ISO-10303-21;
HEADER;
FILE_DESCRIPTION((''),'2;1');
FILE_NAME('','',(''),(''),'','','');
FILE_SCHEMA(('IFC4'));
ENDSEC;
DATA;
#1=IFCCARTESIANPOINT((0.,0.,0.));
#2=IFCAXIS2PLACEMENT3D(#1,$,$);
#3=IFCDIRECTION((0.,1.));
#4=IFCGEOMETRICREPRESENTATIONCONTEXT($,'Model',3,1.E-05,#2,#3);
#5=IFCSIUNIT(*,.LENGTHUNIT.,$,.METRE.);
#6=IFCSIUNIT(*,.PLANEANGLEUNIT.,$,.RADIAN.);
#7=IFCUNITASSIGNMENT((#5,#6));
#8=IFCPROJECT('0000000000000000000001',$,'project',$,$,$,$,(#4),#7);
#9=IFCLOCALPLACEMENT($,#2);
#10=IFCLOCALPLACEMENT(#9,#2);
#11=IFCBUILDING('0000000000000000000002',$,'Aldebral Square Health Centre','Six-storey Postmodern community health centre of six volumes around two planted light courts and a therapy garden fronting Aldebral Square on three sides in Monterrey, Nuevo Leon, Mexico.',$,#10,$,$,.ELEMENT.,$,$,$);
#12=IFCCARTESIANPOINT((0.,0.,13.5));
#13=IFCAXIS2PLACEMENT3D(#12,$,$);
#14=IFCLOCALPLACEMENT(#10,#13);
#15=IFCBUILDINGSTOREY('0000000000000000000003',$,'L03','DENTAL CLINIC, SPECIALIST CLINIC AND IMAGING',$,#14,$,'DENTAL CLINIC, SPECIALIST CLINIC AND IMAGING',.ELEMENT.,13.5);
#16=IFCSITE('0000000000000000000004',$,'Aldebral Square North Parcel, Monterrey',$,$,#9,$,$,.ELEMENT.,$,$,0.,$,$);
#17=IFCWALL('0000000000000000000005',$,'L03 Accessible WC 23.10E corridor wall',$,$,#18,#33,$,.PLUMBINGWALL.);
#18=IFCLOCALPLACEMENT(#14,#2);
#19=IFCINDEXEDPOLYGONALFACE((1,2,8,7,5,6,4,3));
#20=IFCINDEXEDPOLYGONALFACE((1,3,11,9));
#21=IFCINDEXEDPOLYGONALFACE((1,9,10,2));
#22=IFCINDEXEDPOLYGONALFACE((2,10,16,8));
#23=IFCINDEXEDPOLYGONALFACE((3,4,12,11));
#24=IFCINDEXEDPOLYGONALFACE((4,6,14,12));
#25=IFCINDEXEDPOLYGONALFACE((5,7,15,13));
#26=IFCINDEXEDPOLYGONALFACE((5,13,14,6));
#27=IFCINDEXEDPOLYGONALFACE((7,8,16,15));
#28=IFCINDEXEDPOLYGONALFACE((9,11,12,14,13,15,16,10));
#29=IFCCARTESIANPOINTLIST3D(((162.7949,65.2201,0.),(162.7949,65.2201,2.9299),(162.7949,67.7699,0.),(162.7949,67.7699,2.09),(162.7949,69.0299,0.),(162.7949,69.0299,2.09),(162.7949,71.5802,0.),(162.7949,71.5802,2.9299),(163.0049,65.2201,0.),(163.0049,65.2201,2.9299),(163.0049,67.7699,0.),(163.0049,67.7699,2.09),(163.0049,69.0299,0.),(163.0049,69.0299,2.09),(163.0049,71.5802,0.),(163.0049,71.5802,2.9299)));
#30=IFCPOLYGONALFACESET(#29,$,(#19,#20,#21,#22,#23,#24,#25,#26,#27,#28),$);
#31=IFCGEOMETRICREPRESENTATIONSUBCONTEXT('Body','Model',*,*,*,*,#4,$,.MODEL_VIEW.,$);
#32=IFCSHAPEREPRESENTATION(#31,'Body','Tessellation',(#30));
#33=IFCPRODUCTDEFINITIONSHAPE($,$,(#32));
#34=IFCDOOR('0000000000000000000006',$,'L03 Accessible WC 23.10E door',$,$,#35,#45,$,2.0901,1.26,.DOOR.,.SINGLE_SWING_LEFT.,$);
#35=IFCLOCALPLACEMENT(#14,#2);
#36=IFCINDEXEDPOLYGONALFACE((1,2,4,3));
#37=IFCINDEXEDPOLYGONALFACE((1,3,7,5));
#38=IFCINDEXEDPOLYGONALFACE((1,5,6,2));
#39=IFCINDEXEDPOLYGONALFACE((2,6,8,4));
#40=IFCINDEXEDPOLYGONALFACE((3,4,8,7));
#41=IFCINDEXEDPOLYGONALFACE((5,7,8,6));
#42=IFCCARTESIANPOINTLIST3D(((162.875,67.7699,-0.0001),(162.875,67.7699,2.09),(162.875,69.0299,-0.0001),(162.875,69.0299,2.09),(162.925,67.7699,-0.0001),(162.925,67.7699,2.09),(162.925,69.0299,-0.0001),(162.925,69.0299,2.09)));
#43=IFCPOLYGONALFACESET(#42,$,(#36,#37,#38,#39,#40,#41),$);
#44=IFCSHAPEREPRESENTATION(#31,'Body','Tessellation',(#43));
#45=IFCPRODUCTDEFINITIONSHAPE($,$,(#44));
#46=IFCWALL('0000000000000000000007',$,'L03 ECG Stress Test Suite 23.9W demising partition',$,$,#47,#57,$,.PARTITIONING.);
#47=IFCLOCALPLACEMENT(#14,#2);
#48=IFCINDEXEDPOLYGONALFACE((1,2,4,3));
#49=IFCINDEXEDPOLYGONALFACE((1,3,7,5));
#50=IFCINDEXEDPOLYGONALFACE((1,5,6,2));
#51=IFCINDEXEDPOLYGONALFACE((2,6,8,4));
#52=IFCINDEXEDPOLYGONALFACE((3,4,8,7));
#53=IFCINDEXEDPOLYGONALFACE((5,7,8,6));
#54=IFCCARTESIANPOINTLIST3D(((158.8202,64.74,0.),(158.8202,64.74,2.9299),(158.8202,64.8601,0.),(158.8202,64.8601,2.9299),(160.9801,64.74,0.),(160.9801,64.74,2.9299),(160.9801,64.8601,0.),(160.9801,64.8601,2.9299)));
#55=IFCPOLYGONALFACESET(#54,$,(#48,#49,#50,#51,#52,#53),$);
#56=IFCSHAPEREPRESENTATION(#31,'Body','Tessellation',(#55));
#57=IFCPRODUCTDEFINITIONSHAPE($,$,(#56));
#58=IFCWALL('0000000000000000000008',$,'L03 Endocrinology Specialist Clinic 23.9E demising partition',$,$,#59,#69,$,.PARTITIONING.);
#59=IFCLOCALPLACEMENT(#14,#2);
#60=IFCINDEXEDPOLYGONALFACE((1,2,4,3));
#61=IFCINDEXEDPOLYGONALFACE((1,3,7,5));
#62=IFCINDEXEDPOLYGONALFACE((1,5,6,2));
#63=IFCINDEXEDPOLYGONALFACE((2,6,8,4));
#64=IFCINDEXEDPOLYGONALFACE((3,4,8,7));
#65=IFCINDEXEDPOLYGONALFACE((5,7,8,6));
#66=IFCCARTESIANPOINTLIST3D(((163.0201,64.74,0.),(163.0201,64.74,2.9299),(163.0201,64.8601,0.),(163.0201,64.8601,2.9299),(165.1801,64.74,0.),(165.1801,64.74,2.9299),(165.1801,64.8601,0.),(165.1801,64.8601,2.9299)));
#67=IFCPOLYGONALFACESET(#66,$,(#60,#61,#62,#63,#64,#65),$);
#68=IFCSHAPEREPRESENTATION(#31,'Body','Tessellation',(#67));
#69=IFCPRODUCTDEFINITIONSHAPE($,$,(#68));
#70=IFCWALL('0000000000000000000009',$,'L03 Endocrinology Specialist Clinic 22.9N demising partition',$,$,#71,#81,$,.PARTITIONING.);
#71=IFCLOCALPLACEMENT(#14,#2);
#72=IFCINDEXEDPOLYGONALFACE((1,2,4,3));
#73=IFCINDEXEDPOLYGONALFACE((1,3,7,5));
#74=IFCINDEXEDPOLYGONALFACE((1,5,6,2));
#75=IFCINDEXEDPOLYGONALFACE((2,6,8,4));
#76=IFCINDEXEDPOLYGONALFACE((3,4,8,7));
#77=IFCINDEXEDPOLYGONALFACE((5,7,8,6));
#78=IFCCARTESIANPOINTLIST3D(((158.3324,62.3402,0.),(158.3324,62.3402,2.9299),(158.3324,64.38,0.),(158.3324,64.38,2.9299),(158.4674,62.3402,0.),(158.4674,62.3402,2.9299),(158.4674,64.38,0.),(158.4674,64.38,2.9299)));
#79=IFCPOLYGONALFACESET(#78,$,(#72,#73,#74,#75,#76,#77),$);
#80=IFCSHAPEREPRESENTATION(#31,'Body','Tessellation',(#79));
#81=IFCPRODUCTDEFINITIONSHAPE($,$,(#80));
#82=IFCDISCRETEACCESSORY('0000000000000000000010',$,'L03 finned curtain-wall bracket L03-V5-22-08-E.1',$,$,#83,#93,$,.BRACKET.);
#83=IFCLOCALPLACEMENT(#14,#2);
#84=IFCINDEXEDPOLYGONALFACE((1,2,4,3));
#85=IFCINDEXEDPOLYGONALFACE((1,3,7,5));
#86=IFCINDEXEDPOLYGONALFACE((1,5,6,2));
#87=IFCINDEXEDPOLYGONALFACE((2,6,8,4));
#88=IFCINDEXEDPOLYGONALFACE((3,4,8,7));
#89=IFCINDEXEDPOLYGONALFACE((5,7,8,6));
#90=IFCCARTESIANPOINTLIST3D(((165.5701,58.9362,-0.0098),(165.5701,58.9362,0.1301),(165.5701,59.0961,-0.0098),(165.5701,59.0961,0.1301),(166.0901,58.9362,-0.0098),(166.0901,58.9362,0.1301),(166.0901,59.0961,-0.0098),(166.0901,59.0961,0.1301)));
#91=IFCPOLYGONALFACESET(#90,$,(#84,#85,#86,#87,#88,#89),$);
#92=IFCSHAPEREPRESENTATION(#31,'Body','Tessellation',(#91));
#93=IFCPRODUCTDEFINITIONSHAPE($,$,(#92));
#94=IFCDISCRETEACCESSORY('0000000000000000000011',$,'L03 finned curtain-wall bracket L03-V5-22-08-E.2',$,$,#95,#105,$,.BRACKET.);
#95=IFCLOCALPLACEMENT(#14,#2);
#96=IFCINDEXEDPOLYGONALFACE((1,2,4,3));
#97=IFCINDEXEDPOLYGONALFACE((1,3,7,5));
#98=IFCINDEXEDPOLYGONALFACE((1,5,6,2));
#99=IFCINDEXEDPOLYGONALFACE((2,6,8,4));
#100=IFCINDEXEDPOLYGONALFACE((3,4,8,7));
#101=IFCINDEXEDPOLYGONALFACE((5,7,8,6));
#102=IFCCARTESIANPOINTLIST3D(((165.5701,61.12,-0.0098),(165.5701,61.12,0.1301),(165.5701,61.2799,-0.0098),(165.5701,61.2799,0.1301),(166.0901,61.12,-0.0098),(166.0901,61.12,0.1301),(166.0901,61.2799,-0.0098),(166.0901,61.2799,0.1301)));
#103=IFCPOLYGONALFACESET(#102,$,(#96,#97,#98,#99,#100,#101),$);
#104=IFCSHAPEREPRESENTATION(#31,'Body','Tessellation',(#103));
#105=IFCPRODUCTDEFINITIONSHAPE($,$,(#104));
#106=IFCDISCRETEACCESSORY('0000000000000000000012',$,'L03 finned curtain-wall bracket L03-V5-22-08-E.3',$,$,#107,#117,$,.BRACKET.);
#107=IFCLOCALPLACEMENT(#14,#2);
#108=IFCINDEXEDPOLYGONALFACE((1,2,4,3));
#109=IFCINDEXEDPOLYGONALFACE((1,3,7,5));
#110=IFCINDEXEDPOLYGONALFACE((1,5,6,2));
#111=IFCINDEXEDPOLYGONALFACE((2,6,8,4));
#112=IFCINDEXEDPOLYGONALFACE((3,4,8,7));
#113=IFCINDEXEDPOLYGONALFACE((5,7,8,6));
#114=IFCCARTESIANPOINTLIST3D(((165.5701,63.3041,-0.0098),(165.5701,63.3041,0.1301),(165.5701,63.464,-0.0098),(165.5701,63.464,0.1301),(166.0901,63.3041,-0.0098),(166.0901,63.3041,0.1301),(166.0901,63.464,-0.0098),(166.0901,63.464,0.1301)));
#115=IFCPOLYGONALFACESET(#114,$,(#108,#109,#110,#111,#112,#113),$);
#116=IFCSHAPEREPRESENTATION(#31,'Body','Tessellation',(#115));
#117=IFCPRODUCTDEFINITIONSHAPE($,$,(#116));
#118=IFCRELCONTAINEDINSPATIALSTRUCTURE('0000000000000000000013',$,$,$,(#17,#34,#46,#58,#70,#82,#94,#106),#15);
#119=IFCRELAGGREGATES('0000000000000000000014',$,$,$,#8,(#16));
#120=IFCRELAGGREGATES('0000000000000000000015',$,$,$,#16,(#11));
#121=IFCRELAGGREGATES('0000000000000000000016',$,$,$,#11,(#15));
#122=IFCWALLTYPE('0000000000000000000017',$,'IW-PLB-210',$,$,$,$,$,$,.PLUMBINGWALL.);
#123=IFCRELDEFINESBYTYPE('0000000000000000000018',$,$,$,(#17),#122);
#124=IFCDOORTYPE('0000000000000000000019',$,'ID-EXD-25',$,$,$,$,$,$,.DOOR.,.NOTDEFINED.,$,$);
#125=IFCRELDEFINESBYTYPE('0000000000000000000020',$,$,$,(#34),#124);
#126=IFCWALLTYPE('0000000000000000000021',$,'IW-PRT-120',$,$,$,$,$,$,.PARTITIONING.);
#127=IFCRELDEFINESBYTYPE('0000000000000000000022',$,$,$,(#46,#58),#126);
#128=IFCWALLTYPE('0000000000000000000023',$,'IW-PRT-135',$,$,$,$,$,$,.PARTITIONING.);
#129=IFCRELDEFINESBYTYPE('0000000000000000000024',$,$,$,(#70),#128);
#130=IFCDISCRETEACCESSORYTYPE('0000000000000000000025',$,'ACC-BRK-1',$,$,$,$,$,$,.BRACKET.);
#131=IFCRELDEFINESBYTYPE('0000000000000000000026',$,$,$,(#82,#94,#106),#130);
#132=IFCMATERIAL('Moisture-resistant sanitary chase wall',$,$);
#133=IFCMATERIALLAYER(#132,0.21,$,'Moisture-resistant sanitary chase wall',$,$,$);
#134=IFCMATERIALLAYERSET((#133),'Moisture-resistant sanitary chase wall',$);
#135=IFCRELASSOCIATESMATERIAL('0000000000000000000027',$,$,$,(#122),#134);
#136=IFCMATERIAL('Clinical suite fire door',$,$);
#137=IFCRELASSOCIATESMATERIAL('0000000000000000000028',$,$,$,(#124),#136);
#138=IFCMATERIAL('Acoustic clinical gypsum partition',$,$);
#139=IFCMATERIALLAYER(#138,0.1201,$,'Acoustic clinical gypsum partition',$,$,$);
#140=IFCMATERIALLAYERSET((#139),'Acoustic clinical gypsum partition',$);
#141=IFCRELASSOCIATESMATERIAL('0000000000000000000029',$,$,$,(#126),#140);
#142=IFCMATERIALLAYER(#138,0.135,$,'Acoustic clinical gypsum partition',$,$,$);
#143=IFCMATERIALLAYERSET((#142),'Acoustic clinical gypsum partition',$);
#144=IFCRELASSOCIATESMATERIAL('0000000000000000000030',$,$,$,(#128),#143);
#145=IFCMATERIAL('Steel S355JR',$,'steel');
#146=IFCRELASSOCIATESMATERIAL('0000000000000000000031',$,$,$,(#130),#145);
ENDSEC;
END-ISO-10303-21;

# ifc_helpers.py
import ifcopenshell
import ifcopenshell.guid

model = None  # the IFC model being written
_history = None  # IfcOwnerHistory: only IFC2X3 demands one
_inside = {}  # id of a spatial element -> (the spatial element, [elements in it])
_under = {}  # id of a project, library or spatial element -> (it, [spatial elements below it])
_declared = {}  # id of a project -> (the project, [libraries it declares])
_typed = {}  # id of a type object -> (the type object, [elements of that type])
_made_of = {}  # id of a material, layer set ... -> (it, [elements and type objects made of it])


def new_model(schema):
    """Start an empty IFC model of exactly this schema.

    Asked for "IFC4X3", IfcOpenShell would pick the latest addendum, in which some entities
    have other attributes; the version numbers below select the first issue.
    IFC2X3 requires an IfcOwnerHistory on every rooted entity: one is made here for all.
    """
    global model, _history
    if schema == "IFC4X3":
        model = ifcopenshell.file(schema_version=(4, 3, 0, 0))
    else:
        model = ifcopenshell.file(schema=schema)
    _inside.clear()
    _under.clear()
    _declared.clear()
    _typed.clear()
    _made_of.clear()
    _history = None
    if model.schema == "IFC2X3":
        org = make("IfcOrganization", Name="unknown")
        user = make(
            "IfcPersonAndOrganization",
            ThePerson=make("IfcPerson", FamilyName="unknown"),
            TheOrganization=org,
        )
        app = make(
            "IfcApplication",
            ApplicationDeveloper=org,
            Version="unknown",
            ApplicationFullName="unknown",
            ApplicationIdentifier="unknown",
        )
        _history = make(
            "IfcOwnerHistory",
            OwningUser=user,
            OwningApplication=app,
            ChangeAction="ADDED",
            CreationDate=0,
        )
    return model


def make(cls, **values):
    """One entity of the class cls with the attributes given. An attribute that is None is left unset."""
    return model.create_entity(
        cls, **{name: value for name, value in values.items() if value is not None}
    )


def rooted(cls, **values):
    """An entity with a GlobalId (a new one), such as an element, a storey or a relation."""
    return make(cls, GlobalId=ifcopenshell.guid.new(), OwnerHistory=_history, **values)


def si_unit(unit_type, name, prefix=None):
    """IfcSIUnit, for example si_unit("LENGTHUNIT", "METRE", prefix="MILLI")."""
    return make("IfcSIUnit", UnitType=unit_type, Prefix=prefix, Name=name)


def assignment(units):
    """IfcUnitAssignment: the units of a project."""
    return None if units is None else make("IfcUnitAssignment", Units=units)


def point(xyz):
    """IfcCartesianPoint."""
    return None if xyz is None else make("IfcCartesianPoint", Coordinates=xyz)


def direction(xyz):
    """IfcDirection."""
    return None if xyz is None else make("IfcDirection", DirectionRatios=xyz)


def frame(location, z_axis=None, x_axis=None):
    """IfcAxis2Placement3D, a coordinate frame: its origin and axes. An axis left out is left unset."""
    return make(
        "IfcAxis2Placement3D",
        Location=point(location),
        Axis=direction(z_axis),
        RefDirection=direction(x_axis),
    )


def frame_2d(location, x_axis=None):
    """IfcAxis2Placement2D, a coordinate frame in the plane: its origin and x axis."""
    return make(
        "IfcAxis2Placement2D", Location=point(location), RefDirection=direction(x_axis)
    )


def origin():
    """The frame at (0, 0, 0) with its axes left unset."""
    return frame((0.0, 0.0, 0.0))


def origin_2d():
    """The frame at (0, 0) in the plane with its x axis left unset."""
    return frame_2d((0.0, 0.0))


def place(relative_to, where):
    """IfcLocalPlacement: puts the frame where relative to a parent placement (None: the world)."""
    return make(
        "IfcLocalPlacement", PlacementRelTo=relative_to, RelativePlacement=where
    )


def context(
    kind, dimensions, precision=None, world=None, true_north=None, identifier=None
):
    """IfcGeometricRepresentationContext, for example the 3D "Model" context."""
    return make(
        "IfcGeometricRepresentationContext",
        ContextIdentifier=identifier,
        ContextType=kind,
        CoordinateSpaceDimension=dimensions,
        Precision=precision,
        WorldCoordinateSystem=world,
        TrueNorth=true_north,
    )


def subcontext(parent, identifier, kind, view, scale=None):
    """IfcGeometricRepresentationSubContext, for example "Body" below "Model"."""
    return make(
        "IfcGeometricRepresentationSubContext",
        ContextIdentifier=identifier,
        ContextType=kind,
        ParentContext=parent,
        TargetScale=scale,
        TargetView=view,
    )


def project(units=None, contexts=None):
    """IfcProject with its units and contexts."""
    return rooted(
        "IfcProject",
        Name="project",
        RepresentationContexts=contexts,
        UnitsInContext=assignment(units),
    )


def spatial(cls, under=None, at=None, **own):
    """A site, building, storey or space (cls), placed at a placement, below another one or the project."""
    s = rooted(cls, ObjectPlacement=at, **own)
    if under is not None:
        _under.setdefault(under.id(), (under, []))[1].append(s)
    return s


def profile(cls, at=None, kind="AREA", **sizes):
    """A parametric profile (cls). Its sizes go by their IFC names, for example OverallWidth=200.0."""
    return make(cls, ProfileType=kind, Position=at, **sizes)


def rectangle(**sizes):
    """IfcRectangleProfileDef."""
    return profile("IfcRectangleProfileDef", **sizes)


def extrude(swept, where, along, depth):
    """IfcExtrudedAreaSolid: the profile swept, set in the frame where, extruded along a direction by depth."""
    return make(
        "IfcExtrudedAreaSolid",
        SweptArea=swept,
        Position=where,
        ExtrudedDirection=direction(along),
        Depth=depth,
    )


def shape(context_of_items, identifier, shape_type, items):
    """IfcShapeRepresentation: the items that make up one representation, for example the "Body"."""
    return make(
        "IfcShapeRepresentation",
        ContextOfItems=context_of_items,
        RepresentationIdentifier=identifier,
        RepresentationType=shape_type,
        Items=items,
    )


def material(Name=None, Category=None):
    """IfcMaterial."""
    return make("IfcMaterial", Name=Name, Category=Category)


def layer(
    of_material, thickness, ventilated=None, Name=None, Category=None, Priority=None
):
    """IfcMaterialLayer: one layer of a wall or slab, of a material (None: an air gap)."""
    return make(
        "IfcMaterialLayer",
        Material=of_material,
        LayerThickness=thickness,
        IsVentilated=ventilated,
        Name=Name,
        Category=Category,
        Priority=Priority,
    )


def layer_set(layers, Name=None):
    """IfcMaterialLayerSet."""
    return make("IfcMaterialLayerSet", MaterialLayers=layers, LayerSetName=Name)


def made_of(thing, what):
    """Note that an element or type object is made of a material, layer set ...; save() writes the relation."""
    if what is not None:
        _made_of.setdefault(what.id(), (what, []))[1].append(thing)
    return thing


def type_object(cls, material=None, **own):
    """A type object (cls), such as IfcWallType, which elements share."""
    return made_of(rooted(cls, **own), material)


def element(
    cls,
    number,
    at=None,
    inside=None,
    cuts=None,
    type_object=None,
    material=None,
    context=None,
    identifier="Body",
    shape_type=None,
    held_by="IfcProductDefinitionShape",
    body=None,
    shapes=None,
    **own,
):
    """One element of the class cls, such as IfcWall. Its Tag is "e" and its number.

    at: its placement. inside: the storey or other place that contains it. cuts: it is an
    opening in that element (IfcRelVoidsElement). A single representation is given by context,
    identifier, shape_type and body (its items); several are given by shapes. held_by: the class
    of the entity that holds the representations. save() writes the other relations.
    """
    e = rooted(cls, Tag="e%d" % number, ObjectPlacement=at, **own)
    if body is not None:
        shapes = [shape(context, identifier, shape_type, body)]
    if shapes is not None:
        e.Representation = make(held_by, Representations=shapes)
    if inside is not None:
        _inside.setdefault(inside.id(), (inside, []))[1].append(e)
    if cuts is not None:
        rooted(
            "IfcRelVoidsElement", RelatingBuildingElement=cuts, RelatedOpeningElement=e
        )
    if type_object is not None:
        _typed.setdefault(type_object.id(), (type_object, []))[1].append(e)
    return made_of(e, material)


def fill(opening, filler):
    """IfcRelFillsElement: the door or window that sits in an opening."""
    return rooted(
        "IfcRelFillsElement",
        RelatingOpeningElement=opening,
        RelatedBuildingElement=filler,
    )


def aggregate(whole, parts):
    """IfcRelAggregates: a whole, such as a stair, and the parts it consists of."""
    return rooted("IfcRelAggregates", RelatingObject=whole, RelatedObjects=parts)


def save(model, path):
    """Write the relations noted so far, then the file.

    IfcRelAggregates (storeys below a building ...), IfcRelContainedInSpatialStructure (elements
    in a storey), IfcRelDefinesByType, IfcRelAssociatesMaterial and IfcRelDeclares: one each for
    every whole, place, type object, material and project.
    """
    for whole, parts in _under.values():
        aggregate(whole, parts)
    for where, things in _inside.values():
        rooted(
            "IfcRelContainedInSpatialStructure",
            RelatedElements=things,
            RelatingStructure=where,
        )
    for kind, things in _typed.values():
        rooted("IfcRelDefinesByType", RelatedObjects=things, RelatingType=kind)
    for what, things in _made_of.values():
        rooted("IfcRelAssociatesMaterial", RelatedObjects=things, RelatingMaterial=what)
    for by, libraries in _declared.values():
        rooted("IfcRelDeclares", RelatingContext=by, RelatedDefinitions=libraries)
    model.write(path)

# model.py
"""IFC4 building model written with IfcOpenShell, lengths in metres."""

from ifc_helpers import new_model, si_unit, direction, frame, frame_2d, origin, origin_2d, place, context, subcontext, project, spatial, rectangle, extrude, material, layer, layer_set, type_object, element, fill, save


model = new_model("IFC4")

# Units and contexts
model_context = context("Model", 3, precision=1e-05, world=origin(), true_north=direction((0.0, 1.0)))
body_context = subcontext(model_context, "Body", "Model", "MODEL_VIEW")
ifc_project = project(units=[si_unit("LENGTHUNIT", "METRE"), si_unit("PLANEANGLEUNIT", "RADIAN")], contexts=[model_context])

# Site, building, storey
site_placement = place(None, origin())
site = spatial("IfcSite", under=ifc_project, at=site_placement, Name="Aldebral Square North Parcel, Monterrey", CompositionType="ELEMENT", RefElevation=0.0)
building_placement = place(site_placement, origin())
building = spatial("IfcBuilding", under=site, at=building_placement, Name="Aldebral Square Health Centre", Description="Six-storey Postmodern community health centre of six volumes around two planted light courts and a therapy garden fronting Aldebral Square on three sides in Monterrey, Nuevo Leon, Mexico.", CompositionType="ELEMENT")
storey_placement = place(building_placement, frame((0.0, 0.0, 13.5)))
storey = spatial("IfcBuildingStorey", under=building, at=storey_placement, Name="L03", Description="DENTAL CLINIC, SPECIALIST CLINIC AND IMAGING", LongName="DENTAL CLINIC, SPECIALIST CLINIC AND IMAGING", CompositionType="ELEMENT", Elevation=13.5)

# Wall, opening, door
ifc_material_1 = material(Name="Clinical suite fire door")
ifc_material_2 = material(Name="Moisture-resistant sanitary chase wall")
ifc_layer_1 = layer(ifc_material_2, 0.21, Name="Moisture-resistant sanitary chase wall")
ifc_layer_set_1 = layer_set([ifc_layer_1], Name="Moisture-resistant sanitary chase wall")
wall_type_1 = type_object("IfcWallType", Name="IW-PLB-210", PredefinedType="PLUMBINGWALL", material=ifc_layer_set_1)
wall_1_placement = place(storey_placement, frame((162.8999, 65.22, 0.0), z_axis=(0.0, 0.0, 1.0), x_axis=(0.0, 1.0, 0.0)))
wall_1 = element("IfcWall", 1, at=wall_1_placement, inside=storey, type_object=wall_type_1, Name="L03 Accessible WC 23.10E corridor wall", PredefinedType="PLUMBINGWALL", context=body_context, shape_type="SweptSolid", body=[
    extrude(rectangle(XDim=6.3601, YDim=0.21, at=frame_2d((3.1802, 0.0))), origin(), (0.0, 0.0, 1.0), 2.9299),
])
opening_1_placement = place(wall_1_placement, frame((2.55, 0.0, 0.0)))
opening_1 = element("IfcOpeningElement", 2, at=opening_1_placement, cuts=wall_1, PredefinedType="OPENING", context=body_context, shape_type="SweptSolid", body=[
    extrude(rectangle(XDim=1.26, YDim=2.0901, at=frame_2d((0.6299, 1.0449))), frame((0.0, 0.115, 0.0), z_axis=(0.0, -1.0, 0.0), x_axis=(1.0, 0.0, 0.0)), (0.0, 0.0, 1.0), 0.23),
])
door_type_1 = type_object("IfcDoorType", Name="ID-EXD-25", OperationType="NOTDEFINED", PredefinedType="DOOR", material=ifc_material_1)
door_1_placement = place(opening_1_placement, origin())
door_1 = element("IfcDoor", 3, at=door_1_placement, inside=storey, type_object=door_type_1, Name="L03 Accessible WC 23.10E door", OperationType="SINGLE_SWING_LEFT", OverallHeight=2.0901, OverallWidth=1.26, PredefinedType="DOOR", context=body_context, shape_type="SweptSolid", body=[
    extrude(rectangle(XDim=1.26, YDim=2.0901, at=frame_2d((0.6299, 1.0449))), frame((0.0, 0.0249, 0.0), z_axis=(0.0, -1.0, 0.0), x_axis=(1.0, 0.0, 0.0)), (0.0, 0.0, 1.0), 0.05),
])
fill(opening_1, door_1)

# Walls
ifc_material_3 = material(Name="Acoustic clinical gypsum partition")
ifc_layer_2 = layer(ifc_material_3, 0.1201, Name="Acoustic clinical gypsum partition")
ifc_layer_set_2 = layer_set([ifc_layer_2], Name="Acoustic clinical gypsum partition")
wall_type_2 = type_object("IfcWallType", Name="IW-PRT-120", PredefinedType="PARTITIONING", material=ifc_layer_set_2)
for number, where, z_axis, x_axis, name in (
    (4, (158.8201, 64.8, 0.0), (0.0, 0.0, 1.0), (1.0, 0.0, 0.0), "L03 ECG Stress Test Suite 23.9W demising partition"),
    (5, (163.02, 64.8, 0.0), (0.0, 0.0, 1.0), (1.0, 0.0, 0.0), "L03 Endocrinology Specialist Clinic 23.9E demising partition"),
):
    element("IfcWall", number, at=place(storey_placement, frame(where, z_axis=z_axis, x_axis=x_axis)), inside=storey, type_object=wall_type_2, Name=name, PredefinedType="PARTITIONING", context=body_context, shape_type="SweptSolid", body=[
        extrude(rectangle(XDim=2.1599, YDim=0.1201, at=frame_2d((1.0801, 0.0))), origin(), (0.0, 0.0, 1.0), 2.9299),
    ])
ifc_layer_3 = layer(ifc_material_3, 0.135, Name="Acoustic clinical gypsum partition")
ifc_layer_set_3 = layer_set([ifc_layer_3], Name="Acoustic clinical gypsum partition")
wall_type_3 = type_object("IfcWallType", Name="IW-PRT-135", PredefinedType="PARTITIONING", material=ifc_layer_set_3)
wall_2_placement = place(storey_placement, frame((158.3999, 62.3401, 0.0), z_axis=(0.0, 0.0, 1.0), x_axis=(0.0, 1.0, 0.0)))
element("IfcWall", 6, at=wall_2_placement, inside=storey, type_object=wall_type_3, Name="L03 Endocrinology Specialist Clinic 22.9N demising partition", PredefinedType="PARTITIONING", context=body_context, shape_type="SweptSolid", body=[
    extrude(rectangle(XDim=2.0398, YDim=0.135, at=frame_2d((1.02, 0.0))), origin(), (0.0, 0.0, 1.0), 2.9299),
])

# Discrete accessories
ifc_material_4 = material(Name="Steel S355JR", Category="steel")
discrete_accessory_type = type_object("IfcDiscreteAccessoryType", Name="ACC-BRK-1", PredefinedType="BRACKET", material=ifc_material_4)
for number, where, z_axis, x_axis, name in (
    (7, (165.8301, 59.0161, -0.0098), (0.0, 0.0, 1.0), (0.0, 1.0, 0.0), "L03 finned curtain-wall bracket L03-V5-22-08-E.1"),
    (8, (165.8301, 61.2, -0.0098), (0.0, 0.0, 1.0), (0.0, 1.0, 0.0), "L03 finned curtain-wall bracket L03-V5-22-08-E.2"),
    (9, (165.8301, 63.384, -0.0098), (0.0, 0.0, 1.0), (0.0, 1.0, 0.0), "L03 finned curtain-wall bracket L03-V5-22-08-E.3"),
):
    element("IfcDiscreteAccessory", number, at=place(storey_placement, frame(where, z_axis=z_axis, x_axis=x_axis)), inside=storey, type_object=discrete_accessory_type, Name=name, PredefinedType="BRACKET", context=body_context, shape_type="SweptSolid", body=[
        extrude(rectangle(XDim=0.1599, YDim=0.52, at=origin_2d()), origin(), (0.0, 0.0, 1.0), 0.1399),
    ])

save(model, "model.ifc")
